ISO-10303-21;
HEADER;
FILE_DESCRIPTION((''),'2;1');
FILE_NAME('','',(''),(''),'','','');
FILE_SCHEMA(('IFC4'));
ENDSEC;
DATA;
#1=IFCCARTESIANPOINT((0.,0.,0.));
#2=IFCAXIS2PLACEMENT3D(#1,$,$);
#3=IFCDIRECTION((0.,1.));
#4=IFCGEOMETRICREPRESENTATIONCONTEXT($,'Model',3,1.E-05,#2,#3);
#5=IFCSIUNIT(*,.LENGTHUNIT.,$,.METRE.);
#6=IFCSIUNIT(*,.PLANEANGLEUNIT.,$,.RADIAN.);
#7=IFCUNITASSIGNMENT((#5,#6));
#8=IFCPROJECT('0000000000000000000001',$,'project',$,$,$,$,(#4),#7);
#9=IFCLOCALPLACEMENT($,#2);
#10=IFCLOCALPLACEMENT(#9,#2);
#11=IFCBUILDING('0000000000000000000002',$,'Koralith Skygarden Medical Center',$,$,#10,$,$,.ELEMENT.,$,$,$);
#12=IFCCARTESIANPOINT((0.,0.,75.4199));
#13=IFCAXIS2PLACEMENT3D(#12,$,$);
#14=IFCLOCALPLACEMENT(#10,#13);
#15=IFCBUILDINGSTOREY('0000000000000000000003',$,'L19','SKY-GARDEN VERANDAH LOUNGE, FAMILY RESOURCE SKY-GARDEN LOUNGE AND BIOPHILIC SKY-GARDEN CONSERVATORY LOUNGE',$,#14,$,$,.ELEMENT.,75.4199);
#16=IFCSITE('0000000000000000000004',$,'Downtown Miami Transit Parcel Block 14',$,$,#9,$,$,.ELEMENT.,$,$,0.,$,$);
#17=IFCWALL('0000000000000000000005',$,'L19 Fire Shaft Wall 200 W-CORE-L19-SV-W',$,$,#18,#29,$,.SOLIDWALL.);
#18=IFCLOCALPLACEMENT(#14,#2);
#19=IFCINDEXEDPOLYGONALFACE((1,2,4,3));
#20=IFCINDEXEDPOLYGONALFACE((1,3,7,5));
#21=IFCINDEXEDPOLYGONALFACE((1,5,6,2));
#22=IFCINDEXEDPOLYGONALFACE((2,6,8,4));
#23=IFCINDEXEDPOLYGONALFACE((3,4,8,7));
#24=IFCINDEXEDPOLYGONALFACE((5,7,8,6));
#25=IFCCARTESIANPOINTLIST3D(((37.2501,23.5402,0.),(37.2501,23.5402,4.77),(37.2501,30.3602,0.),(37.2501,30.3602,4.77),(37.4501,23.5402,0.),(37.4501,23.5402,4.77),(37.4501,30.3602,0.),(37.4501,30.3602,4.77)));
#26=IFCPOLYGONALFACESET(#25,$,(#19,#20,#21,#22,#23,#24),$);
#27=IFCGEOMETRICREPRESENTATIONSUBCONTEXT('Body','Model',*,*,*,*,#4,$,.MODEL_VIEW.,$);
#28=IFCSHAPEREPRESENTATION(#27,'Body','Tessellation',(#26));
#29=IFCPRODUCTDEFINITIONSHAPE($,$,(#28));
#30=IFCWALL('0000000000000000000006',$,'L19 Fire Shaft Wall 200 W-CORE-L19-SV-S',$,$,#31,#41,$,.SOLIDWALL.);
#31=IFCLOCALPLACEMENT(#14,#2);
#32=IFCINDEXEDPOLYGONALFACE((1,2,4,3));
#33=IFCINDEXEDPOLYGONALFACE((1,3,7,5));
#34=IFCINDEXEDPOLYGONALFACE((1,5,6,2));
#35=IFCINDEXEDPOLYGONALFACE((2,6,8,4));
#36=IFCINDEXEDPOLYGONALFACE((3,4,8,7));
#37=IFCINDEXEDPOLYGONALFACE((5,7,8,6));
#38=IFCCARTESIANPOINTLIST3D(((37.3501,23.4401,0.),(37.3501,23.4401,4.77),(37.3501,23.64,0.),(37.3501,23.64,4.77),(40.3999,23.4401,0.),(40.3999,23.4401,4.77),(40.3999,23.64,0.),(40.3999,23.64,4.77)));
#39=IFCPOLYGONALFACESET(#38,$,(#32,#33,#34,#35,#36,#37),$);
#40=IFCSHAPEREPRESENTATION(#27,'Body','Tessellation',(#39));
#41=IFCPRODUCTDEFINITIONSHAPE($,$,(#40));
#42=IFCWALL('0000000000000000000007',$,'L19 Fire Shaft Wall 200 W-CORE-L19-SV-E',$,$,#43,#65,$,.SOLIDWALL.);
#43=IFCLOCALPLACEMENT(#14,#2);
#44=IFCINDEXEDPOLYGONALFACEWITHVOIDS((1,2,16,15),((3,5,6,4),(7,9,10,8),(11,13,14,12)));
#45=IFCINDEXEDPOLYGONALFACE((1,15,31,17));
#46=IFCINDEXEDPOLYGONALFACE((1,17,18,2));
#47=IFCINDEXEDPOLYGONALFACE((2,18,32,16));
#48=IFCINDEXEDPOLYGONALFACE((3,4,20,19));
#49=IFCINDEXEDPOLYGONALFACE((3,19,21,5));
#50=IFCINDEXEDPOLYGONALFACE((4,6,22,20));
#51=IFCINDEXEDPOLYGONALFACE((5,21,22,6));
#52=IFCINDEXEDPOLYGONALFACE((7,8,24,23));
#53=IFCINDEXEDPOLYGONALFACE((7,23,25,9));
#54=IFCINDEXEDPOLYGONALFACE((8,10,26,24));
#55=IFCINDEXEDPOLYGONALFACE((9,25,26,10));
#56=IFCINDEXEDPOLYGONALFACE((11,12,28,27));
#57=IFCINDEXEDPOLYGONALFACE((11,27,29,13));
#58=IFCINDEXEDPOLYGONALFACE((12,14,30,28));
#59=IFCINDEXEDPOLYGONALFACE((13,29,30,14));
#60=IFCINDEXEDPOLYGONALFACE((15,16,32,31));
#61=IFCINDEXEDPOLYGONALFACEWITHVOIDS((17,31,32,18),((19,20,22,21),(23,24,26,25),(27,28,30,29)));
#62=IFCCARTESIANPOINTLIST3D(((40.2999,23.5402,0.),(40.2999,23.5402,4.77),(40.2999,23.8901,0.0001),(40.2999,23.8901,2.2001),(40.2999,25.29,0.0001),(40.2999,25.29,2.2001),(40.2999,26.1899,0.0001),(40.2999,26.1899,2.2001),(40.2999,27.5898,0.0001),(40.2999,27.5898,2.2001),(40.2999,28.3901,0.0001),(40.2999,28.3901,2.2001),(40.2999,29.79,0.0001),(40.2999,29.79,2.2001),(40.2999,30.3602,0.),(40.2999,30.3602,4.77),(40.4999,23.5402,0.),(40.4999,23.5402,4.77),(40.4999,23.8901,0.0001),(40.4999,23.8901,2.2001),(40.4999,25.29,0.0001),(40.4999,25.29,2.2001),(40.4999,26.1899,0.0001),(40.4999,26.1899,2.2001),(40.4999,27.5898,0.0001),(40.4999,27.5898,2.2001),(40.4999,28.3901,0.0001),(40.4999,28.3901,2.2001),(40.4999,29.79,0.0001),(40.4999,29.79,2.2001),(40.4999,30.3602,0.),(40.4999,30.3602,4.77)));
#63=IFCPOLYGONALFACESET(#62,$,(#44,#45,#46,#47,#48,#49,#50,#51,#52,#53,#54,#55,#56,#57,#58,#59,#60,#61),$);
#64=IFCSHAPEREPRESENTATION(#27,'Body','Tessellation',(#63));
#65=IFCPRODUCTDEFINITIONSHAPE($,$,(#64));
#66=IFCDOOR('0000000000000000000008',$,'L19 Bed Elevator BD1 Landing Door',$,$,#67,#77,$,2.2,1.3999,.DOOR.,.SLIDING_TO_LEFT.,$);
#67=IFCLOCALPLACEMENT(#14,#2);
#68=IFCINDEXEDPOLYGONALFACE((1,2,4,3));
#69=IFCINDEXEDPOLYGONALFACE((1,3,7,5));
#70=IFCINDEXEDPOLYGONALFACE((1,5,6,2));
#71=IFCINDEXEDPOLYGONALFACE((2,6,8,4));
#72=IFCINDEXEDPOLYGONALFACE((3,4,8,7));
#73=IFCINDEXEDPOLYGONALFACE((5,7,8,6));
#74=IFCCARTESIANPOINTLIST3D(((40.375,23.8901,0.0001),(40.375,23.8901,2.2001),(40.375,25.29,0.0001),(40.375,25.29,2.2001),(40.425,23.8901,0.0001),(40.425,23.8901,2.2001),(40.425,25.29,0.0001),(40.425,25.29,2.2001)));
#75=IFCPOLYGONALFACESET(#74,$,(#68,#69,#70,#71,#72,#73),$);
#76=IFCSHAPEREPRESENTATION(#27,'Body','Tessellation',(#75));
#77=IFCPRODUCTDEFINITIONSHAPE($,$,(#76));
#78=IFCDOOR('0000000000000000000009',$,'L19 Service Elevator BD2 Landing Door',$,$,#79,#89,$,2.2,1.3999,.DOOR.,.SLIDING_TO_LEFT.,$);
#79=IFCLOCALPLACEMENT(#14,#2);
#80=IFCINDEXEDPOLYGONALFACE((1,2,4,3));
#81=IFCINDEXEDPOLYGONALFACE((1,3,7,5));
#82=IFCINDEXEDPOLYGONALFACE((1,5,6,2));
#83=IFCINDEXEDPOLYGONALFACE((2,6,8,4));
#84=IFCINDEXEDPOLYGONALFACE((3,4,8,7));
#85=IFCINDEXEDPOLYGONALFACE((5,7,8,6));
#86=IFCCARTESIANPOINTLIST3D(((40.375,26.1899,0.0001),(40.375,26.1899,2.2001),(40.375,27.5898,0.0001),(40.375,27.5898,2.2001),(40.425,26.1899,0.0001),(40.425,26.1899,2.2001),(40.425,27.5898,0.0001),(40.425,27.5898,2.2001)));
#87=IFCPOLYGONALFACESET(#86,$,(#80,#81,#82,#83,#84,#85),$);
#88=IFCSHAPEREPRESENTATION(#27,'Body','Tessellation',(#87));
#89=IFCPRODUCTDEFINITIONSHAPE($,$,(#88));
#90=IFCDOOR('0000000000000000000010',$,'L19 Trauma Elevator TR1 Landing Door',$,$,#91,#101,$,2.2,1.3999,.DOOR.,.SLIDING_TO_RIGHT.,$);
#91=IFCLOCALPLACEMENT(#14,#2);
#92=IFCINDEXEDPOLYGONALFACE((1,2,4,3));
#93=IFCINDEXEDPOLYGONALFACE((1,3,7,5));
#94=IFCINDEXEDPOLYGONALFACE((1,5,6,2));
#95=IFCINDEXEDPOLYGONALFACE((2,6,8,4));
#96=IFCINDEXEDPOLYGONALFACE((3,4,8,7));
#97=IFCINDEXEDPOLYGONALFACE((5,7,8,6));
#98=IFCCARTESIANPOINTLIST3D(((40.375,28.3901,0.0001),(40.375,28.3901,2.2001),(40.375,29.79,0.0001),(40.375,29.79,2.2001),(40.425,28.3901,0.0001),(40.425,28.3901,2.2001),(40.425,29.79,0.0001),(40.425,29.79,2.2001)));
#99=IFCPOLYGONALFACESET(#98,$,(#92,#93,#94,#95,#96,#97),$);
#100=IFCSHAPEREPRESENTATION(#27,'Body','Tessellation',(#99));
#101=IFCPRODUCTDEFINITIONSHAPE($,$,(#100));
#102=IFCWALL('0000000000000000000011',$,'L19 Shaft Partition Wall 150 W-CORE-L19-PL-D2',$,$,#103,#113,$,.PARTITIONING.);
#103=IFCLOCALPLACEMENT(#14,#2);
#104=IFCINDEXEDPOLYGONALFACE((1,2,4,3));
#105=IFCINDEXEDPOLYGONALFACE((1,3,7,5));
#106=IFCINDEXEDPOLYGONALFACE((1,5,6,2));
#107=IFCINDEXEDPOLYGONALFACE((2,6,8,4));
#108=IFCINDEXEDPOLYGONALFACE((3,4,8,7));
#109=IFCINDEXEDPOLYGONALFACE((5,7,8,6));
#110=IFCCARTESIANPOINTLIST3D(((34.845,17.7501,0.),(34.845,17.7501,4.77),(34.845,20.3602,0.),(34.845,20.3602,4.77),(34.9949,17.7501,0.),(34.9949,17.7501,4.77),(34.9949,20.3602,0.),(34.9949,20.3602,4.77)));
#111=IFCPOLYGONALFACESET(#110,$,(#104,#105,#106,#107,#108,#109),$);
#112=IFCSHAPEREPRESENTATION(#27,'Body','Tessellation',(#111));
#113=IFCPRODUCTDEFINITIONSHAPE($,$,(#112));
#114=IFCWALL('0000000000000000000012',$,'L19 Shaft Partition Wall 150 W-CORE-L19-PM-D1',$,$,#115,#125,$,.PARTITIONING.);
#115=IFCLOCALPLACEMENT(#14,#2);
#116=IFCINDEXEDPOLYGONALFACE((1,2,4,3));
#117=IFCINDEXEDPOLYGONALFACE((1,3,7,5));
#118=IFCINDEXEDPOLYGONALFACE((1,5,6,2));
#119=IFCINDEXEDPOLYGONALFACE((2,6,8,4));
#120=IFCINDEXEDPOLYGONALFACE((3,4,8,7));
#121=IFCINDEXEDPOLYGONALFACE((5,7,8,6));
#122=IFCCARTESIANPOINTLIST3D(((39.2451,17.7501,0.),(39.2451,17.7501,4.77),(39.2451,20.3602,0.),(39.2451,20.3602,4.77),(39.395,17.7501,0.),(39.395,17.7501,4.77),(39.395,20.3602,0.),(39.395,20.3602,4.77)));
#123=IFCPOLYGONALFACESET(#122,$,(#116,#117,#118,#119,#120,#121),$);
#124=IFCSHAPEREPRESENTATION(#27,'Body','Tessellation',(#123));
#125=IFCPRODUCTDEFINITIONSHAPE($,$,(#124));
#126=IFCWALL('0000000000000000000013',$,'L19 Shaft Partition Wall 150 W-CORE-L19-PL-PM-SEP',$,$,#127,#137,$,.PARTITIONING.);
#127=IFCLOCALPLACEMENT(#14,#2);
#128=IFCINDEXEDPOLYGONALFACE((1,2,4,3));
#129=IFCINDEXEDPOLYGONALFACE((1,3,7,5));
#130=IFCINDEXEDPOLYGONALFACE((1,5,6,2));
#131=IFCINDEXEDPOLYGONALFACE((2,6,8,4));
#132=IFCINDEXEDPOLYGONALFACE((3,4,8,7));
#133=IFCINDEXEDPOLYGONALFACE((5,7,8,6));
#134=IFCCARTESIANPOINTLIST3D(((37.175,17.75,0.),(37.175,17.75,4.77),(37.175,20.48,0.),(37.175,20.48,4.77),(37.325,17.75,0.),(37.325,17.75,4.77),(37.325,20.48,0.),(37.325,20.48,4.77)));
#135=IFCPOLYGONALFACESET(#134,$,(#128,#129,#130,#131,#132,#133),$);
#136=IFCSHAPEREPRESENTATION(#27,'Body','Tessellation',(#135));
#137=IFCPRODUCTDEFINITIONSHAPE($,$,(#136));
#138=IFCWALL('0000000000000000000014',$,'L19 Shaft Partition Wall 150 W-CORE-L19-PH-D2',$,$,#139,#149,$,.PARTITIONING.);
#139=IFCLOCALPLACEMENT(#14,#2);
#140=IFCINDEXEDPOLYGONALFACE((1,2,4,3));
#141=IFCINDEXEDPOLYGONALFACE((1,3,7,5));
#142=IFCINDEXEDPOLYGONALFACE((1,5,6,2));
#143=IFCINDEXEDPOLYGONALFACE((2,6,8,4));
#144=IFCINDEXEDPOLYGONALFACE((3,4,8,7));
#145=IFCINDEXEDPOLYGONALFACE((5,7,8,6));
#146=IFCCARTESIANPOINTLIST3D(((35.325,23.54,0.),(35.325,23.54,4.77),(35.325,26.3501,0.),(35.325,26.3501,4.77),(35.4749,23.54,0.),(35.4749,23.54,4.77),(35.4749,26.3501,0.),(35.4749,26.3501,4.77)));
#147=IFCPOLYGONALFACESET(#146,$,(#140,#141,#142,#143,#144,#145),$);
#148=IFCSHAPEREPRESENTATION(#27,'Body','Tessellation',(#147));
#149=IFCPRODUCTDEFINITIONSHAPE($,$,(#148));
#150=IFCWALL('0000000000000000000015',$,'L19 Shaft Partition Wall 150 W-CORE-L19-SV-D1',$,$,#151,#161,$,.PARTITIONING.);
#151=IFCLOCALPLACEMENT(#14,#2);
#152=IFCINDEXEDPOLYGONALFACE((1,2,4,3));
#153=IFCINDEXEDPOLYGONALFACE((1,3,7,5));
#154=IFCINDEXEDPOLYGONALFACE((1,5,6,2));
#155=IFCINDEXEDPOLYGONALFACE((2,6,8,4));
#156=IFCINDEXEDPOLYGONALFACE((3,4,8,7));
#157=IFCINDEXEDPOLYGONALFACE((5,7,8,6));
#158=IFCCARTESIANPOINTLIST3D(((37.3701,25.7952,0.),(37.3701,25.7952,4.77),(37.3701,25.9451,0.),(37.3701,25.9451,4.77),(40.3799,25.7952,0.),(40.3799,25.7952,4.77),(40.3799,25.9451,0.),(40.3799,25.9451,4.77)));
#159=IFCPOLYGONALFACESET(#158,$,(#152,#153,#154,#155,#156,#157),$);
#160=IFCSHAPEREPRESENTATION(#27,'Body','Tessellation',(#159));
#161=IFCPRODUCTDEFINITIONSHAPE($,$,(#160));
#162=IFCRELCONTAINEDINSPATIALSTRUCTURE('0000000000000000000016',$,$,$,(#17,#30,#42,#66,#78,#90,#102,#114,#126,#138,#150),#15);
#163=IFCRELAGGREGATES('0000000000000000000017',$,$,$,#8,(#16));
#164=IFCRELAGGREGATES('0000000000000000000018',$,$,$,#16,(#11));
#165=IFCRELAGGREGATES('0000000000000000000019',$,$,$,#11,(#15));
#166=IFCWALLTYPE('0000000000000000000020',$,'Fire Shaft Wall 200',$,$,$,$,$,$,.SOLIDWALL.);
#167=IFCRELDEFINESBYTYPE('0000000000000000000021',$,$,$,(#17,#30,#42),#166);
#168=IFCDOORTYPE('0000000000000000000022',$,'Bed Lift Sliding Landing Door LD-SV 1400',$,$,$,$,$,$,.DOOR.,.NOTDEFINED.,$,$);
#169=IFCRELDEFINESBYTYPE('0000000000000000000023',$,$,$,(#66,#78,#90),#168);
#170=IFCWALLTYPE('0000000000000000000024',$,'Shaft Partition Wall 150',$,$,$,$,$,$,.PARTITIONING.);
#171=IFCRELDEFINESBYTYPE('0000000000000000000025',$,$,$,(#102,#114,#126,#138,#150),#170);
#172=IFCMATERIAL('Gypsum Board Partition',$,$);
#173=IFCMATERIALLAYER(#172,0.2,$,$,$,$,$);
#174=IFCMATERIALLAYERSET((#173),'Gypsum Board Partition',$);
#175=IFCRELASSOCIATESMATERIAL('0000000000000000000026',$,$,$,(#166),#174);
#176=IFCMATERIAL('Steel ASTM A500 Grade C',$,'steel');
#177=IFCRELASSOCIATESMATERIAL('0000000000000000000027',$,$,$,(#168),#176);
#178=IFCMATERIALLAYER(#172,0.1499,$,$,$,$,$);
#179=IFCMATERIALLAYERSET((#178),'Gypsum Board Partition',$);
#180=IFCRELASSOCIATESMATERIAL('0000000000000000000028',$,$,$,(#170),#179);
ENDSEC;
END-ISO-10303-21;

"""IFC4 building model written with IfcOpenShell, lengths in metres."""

from ifc_helpers import new_model, si_unit, direction, frame, frame_2d, origin, place, context, subcontext, project, spatial, rectangle, extrude, material, layer, layer_set, type_object, element, fill, save


model = new_model("IFC4")

# Units and contexts
model_context = context("Model", 3, precision=1e-05, world=origin(), true_north=direction((0.0, 1.0)))
body_context = subcontext(model_context, "Body", "Model", "MODEL_VIEW")
ifc_project = project(units=[si_unit("LENGTHUNIT", "METRE"), si_unit("PLANEANGLEUNIT", "RADIAN")], contexts=[model_context])

# Site, building, storey
site_placement = place(None, origin())
site = spatial("IfcSite", under=ifc_project, at=site_placement, Name="Downtown Miami Transit Parcel Block 14", CompositionType="ELEMENT", RefElevation=0.0)
building_placement = place(site_placement, origin())
building = spatial("IfcBuilding", under=site, at=building_placement, Name="Koralith Skygarden Medical Center", CompositionType="ELEMENT")
storey_placement = place(building_placement, frame((0.0, 0.0, 75.4199)))
storey = spatial("IfcBuildingStorey", under=building, at=storey_placement, Name="L19", Description="SKY-GARDEN VERANDAH LOUNGE, FAMILY RESOURCE SKY-GARDEN LOUNGE AND BIOPHILIC SKY-GARDEN CONSERVATORY LOUNGE", CompositionType="ELEMENT", Elevation=75.4199)

# Shared definitions
ifc_material_1 = material(Name="Gypsum Board Partition")
ifc_layer_1 = layer(ifc_material_1, 0.2)
ifc_layer_set_1 = layer_set([ifc_layer_1], Name="Gypsum Board Partition")
wall_type_1 = type_object("IfcWallType", Name="Fire Shaft Wall 200", PredefinedType="SOLIDWALL", material=ifc_layer_set_1)
ifc_material_2 = material(Name="Steel ASTM A500 Grade C", Category="steel")

# Walls
wall_1_placement = place(storey_placement, frame((37.3501, 23.54, 0.0), z_axis=(0.0, 0.0, 1.0), x_axis=(0.0, 1.0, 0.0)))
element("IfcWall", 1, at=wall_1_placement, inside=storey, type_object=wall_type_1, Name="L19 Fire Shaft Wall 200 W-CORE-L19-SV-W", PredefinedType="SOLIDWALL", context=body_context, shape_type="SweptSolid", body=[
    extrude(rectangle(XDim=6.8201, YDim=0.2, at=frame_2d((3.4102, 0.0))), origin(), (0.0, 0.0, 1.0), 4.77),
])
wall_2_placement = place(storey_placement, frame((37.3501, 23.54, 0.0), z_axis=(0.0, 0.0, 1.0), x_axis=(1.0, 0.0, 0.0)))
element("IfcWall", 2, at=wall_2_placement, inside=storey, type_object=wall_type_1, Name="L19 Fire Shaft Wall 200 W-CORE-L19-SV-S", PredefinedType="SOLIDWALL", context=body_context, shape_type="SweptSolid", body=[
    extrude(rectangle(XDim=3.0498, YDim=0.2, at=frame_2d((1.5249, 0.0))), origin(), (0.0, 0.0, 1.0), 4.77),
])

# Wall, openings, doors
wall_3_placement = place(storey_placement, frame((40.3999, 23.54, 0.0), z_axis=(0.0, 0.0, 1.0), x_axis=(0.0, 1.0, 0.0)))
wall_3 = element("IfcWall", 3, at=wall_3_placement, inside=storey, type_object=wall_type_1, Name="L19 Fire Shaft Wall 200 W-CORE-L19-SV-E", PredefinedType="SOLIDWALL", context=body_context, shape_type="SweptSolid", body=[
    extrude(rectangle(XDim=6.8201, YDim=0.2, at=frame_2d((3.4102, 0.0))), origin(), (0.0, 0.0, 1.0), 4.77),
])
opening_1_placement = place(wall_3_placement, frame((0.3501, 0.0, 0.0)))
opening_1 = element("IfcOpeningElement", 4, at=opening_1_placement, cuts=wall_3, PredefinedType="OPENING", context=body_context, shape_type="SweptSolid", body=[
    extrude(rectangle(XDim=1.3999, YDim=2.2, at=frame_2d((0.7, 1.1001))), frame((0.0, 0.1099, 0.0), z_axis=(0.0, -1.0, 0.0), x_axis=(1.0, 0.0, 0.0)), (0.0, 0.0, 1.0), 0.22),
])
opening_2_placement = place(wall_3_placement, frame((2.6499, 0.0, 0.0)))
opening_2 = element("IfcOpeningElement", 5, at=opening_2_placement, cuts=wall_3, PredefinedType="OPENING", context=body_context, shape_type="SweptSolid", body=[
    extrude(rectangle(XDim=1.3999, YDim=2.2, at=frame_2d((0.7, 1.1001))), frame((0.0, 0.1099, 0.0), z_axis=(0.0, -1.0, 0.0), x_axis=(1.0, 0.0, 0.0)), (0.0, 0.0, 1.0), 0.22),
])
opening_3_placement = place(wall_3_placement, frame((4.8501, 0.0, 0.0)))
opening_3 = element("IfcOpeningElement", 6, at=opening_3_placement, cuts=wall_3, PredefinedType="OPENING", context=body_context, shape_type="SweptSolid", body=[
    extrude(rectangle(XDim=1.3999, YDim=2.2, at=frame_2d((0.7, 1.1001))), frame((0.0, 0.1099, 0.0), z_axis=(0.0, -1.0, 0.0), x_axis=(1.0, 0.0, 0.0)), (0.0, 0.0, 1.0), 0.22),
])
door_type_1 = type_object("IfcDoorType", Name="Bed Lift Sliding Landing Door LD-SV 1400", OperationType="NOTDEFINED", PredefinedType="DOOR", material=ifc_material_2)
door_1_placement = place(opening_1_placement, origin())
door_1 = element("IfcDoor", 7, at=door_1_placement, inside=storey, type_object=door_type_1, Name="L19 Bed Elevator BD1 Landing Door", OperationType="SLIDING_TO_LEFT", OverallHeight=2.2, OverallWidth=1.3999, PredefinedType="DOOR", context=body_context, shape_type="SweptSolid", body=[
    extrude(rectangle(XDim=1.3999, YDim=2.2, at=frame_2d((0.7, 1.1001))), frame((0.0, 0.0249, 0.0), z_axis=(0.0, -1.0, 0.0), x_axis=(1.0, 0.0, 0.0)), (0.0, 0.0, 1.0), 0.05),
])
fill(opening_1, door_1)
door_2_placement = place(opening_2_placement, origin())
door_2 = element("IfcDoor", 8, at=door_2_placement, inside=storey, type_object=door_type_1, Name="L19 Service Elevator BD2 Landing Door", OperationType="SLIDING_TO_LEFT", OverallHeight=2.2, OverallWidth=1.3999, PredefinedType="DOOR", context=body_context, shape_type="SweptSolid", body=[
    extrude(rectangle(XDim=1.3999, YDim=2.2, at=frame_2d((0.7, 1.1001))), frame((0.0, 0.0249, 0.0), z_axis=(0.0, -1.0, 0.0), x_axis=(1.0, 0.0, 0.0)), (0.0, 0.0, 1.0), 0.05),
])
fill(opening_2, door_2)
door_3_placement = place(opening_3_placement, origin())
door_3 = element("IfcDoor", 9, at=door_3_placement, inside=storey, type_object=door_type_1, Name="L19 Trauma Elevator TR1 Landing Door", OperationType="SLIDING_TO_RIGHT", OverallHeight=2.2, OverallWidth=1.3999, PredefinedType="DOOR", context=body_context, shape_type="SweptSolid", body=[
    extrude(rectangle(XDim=1.3999, YDim=2.2, at=frame_2d((0.7, 1.1001))), frame((0.0, 0.0249, 0.0), z_axis=(0.0, -1.0, 0.0), x_axis=(1.0, 0.0, 0.0)), (0.0, 0.0, 1.0), 0.05),
])
fill(opening_3, door_3)

# Walls
ifc_layer_2 = layer(ifc_material_1, 0.1499)
ifc_layer_set_2 = layer_set([ifc_layer_2], Name="Gypsum Board Partition")
wall_type_2 = type_object("IfcWallType", Name="Shaft Partition Wall 150", PredefinedType="PARTITIONING", material=ifc_layer_set_2)
for number, where, z_axis, x_axis, name in (
    (10, (34.9199, 17.75, 0.0), (0.0, 0.0, 1.0), (0.0, 1.0, 0.0), "L19 Shaft Partition Wall 150 W-CORE-L19-PL-D2"),
    (11, (39.3201, 17.75, 0.0), (0.0, 0.0, 1.0), (0.0, 1.0, 0.0), "L19 Shaft Partition Wall 150 W-CORE-L19-PM-D1"),
):
    element("IfcWall", number, at=place(storey_placement, frame(where, z_axis=z_axis, x_axis=x_axis)), inside=storey, type_object=wall_type_2, Name=name, PredefinedType="PARTITIONING", context=body_context, shape_type="SweptSolid", body=[
        extrude(rectangle(XDim=2.6101, YDim=0.1499, at=frame_2d((1.3052, 0.0))), origin(), (0.0, 0.0, 1.0), 4.77),
    ])
wall_4_placement = place(storey_placement, frame((37.25, 17.75, 0.0), z_axis=(0.0, 0.0, 1.0), x_axis=(0.0, 1.0, 0.0)))
element("IfcWall", 12, at=wall_4_placement, inside=storey, type_object=wall_type_2, Name="L19 Shaft Partition Wall 150 W-CORE-L19-PL-PM-SEP", PredefinedType="PARTITIONING", context=body_context, shape_type="SweptSolid", body=[
    extrude(rectangle(XDim=2.73, YDim=0.1499, at=frame_2d((1.365, 0.0))), origin(), (0.0, 0.0, 1.0), 4.77),
])
wall_5_placement = place(storey_placement, frame((35.3999, 23.54, 0.0), z_axis=(0.0, 0.0, 1.0), x_axis=(0.0, 1.0, 0.0)))
element("IfcWall", 13, at=wall_5_placement, inside=storey, type_object=wall_type_2, Name="L19 Shaft Partition Wall 150 W-CORE-L19-PH-D2", PredefinedType="PARTITIONING", context=body_context, shape_type="SweptSolid", body=[
    extrude(rectangle(XDim=2.8101, YDim=0.1499, at=frame_2d((1.405, 0.0))), origin(), (0.0, 0.0, 1.0), 4.77),
])
wall_6_placement = place(storey_placement, frame((37.3701, 25.8701, 0.0), z_axis=(0.0, 0.0, 1.0), x_axis=(1.0, 0.0, 0.0)))
element("IfcWall", 14, at=wall_6_placement, inside=storey, type_object=wall_type_2, Name="L19 Shaft Partition Wall 150 W-CORE-L19-SV-D1", PredefinedType="PARTITIONING", context=body_context, shape_type="SweptSolid", body=[
    extrude(rectangle(XDim=3.0098, YDim=0.1499, at=frame_2d((1.5049, 0.0))), origin(), (0.0, 0.0, 1.0), 4.77),
])

save(model, "model.ifc")
